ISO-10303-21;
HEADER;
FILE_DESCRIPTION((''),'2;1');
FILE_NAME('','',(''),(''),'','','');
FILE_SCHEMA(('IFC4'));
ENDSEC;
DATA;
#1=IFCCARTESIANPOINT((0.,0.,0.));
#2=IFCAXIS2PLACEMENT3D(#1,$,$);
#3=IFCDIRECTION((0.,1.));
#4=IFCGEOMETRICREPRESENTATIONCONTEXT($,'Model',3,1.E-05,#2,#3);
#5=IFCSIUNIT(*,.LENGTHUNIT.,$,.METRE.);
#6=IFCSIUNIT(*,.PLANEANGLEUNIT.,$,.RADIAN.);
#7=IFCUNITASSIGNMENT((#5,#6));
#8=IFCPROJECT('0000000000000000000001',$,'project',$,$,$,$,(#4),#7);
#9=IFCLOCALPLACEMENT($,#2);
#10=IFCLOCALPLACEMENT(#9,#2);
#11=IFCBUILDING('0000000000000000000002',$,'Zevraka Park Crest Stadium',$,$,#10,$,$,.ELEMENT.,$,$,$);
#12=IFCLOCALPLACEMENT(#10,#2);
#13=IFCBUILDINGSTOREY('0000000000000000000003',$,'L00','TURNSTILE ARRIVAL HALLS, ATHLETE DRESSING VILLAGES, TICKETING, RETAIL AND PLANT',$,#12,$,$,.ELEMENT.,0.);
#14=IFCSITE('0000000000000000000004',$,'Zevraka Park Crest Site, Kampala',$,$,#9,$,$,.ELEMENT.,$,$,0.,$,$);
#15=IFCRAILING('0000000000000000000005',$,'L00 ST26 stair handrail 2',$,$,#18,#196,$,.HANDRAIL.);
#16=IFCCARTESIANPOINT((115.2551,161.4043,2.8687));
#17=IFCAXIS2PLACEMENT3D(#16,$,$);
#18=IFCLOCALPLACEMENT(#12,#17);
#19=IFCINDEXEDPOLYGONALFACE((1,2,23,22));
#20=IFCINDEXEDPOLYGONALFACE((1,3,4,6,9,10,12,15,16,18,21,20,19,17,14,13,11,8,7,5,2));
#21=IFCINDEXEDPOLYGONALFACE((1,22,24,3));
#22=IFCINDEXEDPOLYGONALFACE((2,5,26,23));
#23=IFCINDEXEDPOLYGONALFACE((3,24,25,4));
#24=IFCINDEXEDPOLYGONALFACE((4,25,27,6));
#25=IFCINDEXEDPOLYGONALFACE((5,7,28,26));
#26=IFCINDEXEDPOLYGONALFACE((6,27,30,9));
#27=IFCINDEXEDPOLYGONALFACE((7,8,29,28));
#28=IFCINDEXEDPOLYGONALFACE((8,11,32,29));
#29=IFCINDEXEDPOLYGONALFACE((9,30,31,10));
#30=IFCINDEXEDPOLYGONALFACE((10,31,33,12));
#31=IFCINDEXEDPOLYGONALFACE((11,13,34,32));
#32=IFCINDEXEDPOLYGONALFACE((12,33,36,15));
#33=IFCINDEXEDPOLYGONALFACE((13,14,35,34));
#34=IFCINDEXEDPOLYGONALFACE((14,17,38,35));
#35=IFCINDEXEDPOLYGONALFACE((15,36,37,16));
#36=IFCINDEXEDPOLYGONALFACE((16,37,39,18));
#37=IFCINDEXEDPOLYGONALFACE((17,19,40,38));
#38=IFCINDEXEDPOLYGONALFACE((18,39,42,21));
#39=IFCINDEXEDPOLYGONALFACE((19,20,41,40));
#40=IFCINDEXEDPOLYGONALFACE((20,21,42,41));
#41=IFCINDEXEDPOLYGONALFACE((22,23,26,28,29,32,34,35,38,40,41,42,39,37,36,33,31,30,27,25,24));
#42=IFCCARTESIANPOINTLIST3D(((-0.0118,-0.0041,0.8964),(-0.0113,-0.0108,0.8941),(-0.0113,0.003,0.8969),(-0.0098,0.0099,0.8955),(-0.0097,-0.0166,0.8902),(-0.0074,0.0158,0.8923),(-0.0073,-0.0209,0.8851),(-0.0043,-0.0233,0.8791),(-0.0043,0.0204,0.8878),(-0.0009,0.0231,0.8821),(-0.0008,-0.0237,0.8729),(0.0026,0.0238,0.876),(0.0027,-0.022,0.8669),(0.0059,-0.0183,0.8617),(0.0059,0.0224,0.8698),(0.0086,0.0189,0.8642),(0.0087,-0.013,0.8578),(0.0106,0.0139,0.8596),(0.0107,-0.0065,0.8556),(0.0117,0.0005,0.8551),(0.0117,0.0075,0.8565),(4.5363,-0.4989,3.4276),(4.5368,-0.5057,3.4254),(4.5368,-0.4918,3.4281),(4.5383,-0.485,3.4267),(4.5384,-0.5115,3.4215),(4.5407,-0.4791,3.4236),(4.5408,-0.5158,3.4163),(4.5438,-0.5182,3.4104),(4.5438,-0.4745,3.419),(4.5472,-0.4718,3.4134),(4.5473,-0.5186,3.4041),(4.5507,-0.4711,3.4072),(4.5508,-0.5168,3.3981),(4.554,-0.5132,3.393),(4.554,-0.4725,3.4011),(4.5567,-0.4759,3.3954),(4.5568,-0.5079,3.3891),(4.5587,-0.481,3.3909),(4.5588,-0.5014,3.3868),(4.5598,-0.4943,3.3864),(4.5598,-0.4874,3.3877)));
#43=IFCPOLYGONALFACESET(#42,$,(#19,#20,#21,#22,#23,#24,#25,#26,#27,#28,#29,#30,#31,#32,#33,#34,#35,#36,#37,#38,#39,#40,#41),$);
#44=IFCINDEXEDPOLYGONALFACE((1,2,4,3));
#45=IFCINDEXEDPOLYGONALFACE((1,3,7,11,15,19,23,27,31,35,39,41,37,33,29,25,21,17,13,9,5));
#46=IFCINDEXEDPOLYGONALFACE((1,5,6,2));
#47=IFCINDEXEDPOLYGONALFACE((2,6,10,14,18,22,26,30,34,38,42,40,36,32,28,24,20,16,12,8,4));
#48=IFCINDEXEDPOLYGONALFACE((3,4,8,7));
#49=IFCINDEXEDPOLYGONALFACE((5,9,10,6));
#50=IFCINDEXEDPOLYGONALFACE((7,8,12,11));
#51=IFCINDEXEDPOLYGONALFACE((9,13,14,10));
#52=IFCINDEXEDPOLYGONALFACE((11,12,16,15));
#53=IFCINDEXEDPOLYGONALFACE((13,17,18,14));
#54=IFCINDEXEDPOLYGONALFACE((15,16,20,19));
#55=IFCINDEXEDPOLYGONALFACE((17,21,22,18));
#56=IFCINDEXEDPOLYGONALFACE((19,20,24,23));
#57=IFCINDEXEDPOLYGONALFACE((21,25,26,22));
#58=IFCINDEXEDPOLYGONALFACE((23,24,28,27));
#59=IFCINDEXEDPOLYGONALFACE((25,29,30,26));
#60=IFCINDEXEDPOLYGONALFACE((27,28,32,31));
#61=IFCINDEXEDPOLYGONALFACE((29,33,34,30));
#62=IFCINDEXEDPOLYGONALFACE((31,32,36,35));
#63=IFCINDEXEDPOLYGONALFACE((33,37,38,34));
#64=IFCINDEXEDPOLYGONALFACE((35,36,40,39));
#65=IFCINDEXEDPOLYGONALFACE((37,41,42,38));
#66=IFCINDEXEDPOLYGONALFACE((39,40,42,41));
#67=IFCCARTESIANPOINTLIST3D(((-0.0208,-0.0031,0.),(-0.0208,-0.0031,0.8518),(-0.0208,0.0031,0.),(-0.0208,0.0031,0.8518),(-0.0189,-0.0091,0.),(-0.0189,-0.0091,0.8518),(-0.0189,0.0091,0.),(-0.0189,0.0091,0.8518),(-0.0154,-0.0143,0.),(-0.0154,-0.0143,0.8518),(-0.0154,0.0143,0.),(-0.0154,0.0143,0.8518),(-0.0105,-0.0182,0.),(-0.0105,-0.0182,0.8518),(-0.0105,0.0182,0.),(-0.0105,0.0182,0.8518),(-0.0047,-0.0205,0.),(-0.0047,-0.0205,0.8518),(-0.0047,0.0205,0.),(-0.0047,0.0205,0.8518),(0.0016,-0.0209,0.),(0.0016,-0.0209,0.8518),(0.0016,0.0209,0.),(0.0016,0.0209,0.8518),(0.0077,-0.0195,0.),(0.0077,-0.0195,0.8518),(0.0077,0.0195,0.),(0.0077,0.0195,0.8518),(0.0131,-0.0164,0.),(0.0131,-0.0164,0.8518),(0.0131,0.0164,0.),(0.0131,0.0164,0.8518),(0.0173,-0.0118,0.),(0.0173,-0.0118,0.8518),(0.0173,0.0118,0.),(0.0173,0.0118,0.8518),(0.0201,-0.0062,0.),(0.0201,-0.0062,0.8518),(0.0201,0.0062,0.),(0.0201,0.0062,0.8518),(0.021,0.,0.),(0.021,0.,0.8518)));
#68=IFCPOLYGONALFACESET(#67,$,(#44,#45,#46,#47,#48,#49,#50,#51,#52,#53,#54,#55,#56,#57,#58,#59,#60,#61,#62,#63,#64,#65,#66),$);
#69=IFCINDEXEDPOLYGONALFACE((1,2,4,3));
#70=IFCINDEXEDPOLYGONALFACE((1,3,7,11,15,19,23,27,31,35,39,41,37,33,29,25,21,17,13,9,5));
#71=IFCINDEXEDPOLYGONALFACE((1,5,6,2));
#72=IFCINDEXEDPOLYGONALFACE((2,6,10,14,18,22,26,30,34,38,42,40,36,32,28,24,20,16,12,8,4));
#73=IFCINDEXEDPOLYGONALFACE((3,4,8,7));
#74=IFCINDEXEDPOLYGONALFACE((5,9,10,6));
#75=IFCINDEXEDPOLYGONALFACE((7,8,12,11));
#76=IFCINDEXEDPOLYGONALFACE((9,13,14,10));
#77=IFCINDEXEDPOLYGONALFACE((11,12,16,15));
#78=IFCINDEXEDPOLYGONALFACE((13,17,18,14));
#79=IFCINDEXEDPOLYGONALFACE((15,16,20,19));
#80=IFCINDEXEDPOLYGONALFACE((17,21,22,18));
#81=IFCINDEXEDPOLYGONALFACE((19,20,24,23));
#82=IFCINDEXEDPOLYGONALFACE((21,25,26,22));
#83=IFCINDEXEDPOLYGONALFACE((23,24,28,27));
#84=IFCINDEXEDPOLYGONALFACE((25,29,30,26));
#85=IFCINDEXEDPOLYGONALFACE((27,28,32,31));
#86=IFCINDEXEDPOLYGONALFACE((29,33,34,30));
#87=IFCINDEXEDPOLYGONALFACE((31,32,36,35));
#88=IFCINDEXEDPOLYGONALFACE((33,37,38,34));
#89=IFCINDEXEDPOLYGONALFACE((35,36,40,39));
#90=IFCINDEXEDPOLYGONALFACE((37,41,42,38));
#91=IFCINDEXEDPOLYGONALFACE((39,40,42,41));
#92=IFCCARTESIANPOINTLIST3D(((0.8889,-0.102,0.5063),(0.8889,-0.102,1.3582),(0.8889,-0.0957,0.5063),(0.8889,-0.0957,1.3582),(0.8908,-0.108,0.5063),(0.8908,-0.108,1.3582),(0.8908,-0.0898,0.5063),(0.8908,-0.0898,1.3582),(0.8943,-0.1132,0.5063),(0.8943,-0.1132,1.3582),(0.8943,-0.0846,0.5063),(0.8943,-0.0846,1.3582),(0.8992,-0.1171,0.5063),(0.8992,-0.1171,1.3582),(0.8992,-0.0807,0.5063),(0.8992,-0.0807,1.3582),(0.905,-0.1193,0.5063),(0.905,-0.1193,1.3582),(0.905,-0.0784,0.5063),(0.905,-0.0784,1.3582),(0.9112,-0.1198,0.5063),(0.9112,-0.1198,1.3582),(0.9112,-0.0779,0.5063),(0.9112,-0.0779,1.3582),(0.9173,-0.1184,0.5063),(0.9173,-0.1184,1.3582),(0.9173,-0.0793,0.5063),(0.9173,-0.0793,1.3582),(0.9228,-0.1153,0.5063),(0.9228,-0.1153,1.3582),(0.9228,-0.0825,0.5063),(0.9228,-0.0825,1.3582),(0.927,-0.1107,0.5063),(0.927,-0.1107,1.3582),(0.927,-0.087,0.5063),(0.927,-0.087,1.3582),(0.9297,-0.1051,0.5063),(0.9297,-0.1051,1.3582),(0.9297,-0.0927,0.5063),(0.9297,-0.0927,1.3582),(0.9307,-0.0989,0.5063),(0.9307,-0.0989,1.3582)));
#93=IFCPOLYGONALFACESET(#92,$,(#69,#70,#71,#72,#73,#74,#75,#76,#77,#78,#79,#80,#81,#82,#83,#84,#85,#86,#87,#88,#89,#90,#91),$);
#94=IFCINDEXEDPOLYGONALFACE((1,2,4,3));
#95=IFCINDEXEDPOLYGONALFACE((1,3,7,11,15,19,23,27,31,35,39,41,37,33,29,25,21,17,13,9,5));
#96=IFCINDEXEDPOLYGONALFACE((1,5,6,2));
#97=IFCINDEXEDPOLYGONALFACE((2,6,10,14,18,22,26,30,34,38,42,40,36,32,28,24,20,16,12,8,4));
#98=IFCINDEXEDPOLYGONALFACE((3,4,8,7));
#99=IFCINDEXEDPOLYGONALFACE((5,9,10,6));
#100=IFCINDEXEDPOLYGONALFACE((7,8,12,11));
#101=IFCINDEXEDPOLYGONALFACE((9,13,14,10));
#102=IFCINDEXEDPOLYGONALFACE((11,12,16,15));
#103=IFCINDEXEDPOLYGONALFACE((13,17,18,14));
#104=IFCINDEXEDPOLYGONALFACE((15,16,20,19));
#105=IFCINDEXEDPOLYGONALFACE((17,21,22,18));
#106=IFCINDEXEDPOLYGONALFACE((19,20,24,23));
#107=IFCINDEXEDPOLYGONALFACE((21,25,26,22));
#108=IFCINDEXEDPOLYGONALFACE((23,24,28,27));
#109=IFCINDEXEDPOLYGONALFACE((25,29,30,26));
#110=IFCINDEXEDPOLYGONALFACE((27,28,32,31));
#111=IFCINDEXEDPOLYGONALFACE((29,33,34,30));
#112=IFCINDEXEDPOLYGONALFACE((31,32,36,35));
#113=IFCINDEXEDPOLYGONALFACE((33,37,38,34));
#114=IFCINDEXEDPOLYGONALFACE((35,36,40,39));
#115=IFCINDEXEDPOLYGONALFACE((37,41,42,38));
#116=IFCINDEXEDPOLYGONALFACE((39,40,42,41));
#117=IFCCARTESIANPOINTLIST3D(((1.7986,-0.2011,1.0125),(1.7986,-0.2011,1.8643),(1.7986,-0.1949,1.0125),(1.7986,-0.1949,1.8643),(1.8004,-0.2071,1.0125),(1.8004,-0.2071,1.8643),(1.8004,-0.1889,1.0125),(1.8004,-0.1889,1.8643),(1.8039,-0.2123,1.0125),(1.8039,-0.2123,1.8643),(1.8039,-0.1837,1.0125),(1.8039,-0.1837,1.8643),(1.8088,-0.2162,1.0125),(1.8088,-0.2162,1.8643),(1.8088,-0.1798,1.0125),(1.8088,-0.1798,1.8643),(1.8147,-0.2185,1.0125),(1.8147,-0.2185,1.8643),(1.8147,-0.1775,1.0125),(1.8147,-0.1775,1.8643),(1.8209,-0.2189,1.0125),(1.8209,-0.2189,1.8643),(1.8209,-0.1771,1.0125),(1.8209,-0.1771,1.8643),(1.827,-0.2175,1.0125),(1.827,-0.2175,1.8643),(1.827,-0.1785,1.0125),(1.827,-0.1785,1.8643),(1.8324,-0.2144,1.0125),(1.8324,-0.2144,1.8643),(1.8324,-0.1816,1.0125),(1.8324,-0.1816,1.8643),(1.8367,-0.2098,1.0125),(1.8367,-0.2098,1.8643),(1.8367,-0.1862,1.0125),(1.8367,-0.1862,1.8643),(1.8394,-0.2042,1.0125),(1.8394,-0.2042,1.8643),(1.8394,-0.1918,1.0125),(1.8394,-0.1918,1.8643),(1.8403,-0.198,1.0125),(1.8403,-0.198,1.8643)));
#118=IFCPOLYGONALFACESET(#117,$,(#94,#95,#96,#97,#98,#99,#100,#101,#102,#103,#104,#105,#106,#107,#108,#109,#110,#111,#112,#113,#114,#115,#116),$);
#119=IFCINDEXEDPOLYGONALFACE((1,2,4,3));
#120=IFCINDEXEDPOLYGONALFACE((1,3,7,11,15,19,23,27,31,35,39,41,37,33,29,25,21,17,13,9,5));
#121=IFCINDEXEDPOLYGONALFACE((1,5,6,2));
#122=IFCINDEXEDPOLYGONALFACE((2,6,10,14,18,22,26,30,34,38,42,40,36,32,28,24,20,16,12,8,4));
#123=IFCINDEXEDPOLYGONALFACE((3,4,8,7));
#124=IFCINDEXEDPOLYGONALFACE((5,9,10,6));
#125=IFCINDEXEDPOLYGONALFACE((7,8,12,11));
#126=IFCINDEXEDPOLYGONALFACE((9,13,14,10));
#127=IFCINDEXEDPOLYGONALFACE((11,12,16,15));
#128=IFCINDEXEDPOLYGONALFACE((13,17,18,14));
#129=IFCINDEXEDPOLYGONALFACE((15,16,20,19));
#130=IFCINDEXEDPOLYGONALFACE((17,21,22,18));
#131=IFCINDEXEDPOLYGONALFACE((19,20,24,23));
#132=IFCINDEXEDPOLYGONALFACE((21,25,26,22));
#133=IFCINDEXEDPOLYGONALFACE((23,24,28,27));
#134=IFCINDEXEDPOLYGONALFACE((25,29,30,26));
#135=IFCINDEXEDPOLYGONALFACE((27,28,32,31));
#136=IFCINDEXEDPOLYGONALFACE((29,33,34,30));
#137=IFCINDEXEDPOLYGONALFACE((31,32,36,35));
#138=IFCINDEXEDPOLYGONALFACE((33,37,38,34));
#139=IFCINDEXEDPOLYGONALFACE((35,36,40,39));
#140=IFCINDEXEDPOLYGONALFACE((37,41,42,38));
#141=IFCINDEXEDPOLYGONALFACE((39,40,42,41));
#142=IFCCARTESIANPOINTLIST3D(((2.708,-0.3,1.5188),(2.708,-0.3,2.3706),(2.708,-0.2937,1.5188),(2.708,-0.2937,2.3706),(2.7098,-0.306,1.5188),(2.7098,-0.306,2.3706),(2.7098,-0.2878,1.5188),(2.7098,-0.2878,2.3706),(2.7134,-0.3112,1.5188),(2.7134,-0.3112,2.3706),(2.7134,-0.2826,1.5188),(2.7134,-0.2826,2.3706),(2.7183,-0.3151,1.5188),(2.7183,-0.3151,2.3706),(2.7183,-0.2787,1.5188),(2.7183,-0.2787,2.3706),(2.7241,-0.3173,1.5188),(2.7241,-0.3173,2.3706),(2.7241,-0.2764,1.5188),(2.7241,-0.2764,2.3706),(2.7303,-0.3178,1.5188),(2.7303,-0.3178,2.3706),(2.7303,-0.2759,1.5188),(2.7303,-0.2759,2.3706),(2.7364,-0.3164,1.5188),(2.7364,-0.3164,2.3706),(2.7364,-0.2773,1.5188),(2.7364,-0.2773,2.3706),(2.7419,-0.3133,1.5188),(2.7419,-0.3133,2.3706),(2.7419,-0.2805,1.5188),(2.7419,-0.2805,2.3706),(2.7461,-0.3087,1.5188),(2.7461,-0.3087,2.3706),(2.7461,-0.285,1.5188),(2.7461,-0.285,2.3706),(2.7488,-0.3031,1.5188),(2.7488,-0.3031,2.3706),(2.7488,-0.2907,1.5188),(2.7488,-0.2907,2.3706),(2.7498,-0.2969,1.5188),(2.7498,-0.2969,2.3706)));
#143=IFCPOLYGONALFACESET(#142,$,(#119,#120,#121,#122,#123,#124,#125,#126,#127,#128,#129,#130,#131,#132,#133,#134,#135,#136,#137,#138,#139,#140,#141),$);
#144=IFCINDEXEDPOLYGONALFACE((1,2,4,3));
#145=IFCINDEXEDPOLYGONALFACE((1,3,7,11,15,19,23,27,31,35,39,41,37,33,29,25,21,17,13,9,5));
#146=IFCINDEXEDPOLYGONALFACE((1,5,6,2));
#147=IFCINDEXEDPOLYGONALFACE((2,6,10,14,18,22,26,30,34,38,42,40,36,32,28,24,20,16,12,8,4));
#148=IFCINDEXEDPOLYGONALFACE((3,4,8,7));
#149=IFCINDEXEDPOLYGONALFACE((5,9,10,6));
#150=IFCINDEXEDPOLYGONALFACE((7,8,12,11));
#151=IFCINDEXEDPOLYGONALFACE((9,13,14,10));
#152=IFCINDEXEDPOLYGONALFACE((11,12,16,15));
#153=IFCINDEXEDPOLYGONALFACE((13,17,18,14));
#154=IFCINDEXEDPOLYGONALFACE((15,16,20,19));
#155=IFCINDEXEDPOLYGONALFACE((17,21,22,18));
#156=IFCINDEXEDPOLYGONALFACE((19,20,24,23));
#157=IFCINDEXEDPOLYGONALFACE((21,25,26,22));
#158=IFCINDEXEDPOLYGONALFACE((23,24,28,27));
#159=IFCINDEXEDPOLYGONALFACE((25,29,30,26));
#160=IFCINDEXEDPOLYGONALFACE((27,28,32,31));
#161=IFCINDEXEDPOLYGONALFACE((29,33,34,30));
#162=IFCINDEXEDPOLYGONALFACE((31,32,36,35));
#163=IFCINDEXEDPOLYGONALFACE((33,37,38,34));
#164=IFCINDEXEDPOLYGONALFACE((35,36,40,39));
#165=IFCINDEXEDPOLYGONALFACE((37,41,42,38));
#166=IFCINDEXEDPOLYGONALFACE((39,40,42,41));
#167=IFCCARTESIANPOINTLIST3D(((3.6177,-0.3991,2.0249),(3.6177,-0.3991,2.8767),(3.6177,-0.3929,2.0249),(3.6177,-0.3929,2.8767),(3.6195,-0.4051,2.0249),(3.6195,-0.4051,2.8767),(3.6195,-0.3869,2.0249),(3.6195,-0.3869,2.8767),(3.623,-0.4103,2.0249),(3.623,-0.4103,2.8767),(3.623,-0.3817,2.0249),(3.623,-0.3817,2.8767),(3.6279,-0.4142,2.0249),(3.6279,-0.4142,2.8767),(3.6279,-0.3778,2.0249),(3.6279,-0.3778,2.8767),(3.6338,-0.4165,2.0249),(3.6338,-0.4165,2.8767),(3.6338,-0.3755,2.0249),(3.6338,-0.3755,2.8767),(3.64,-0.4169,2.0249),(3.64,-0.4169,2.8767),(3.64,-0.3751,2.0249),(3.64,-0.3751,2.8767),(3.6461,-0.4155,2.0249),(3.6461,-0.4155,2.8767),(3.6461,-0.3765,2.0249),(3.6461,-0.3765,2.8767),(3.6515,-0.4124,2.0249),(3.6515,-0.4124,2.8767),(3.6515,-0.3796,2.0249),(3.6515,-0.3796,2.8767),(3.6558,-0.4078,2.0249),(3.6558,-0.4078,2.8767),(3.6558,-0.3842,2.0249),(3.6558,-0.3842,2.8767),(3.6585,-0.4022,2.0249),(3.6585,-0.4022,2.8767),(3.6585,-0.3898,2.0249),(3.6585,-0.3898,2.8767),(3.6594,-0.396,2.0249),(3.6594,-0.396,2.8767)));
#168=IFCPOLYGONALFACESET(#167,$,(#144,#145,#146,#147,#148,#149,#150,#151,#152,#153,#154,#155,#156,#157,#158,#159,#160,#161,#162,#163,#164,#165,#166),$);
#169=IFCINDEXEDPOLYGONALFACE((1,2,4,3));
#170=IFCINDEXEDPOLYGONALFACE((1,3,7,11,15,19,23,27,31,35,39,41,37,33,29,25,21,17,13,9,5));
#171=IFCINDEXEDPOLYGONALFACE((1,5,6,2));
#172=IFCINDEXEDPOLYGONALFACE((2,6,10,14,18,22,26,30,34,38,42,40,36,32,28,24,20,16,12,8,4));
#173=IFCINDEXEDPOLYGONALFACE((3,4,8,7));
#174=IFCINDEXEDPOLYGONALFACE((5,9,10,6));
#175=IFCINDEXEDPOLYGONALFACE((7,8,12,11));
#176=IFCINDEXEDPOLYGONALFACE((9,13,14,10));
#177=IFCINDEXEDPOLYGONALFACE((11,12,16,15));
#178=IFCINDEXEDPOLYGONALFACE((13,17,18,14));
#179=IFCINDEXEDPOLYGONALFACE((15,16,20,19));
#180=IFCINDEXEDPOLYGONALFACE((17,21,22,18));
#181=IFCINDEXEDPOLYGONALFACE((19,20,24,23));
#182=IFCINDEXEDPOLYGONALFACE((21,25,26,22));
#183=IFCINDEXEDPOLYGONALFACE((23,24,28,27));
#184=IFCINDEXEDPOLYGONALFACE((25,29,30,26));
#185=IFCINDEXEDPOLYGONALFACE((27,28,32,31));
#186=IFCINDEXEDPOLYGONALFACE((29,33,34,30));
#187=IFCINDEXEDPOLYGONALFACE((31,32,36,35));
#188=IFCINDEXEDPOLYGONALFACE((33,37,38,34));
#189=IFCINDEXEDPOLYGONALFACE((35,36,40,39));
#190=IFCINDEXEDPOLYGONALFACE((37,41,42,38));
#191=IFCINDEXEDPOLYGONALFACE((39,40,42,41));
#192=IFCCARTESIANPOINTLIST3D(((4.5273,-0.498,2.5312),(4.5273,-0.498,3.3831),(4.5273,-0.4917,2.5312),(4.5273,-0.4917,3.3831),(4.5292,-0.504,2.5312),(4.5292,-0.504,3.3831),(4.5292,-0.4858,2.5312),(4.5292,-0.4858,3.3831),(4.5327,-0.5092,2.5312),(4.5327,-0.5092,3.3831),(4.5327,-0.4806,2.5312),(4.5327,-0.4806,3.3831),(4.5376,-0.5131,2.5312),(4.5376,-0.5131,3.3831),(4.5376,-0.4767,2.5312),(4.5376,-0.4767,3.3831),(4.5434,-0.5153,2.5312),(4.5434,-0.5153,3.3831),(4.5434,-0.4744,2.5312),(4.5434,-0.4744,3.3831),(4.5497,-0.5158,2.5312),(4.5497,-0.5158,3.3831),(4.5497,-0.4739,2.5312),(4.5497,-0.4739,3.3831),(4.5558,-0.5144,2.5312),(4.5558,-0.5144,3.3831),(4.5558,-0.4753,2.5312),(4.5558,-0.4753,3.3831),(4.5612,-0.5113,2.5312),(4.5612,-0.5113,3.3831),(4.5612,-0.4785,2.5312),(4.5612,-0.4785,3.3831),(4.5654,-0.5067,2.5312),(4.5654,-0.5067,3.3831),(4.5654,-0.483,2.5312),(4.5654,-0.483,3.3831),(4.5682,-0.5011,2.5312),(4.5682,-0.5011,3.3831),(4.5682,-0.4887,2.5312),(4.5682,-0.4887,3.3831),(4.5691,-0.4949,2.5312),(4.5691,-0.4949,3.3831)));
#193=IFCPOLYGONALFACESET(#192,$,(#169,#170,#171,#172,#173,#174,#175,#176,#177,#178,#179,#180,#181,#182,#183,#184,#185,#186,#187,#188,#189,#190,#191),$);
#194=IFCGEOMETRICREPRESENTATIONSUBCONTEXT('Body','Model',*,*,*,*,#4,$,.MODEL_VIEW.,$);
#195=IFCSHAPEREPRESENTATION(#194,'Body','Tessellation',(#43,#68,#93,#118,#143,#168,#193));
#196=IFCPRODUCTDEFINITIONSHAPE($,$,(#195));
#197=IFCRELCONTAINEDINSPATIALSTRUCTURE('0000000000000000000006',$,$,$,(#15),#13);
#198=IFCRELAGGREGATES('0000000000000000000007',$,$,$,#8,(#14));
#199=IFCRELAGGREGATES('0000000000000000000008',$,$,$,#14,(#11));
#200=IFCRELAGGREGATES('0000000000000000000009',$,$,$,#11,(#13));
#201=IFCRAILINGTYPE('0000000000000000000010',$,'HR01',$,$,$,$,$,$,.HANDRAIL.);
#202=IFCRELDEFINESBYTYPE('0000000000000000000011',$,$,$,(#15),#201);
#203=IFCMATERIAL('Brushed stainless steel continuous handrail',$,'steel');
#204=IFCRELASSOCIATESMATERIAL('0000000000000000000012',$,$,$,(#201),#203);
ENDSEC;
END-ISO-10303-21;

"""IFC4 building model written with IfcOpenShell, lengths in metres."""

from ifc_helpers import new_model, si_unit, direction, frame, origin, origin_2d, place, context, subcontext, project, spatial, circle, extrude, material, type_object, element, save


model = new_model("IFC4")

# Units and contexts
model_context = context("Model", 3, precision=1e-05, world=origin(), true_north=direction((0.0, 1.0)))
body_context = subcontext(model_context, "Body", "Model", "MODEL_VIEW")
ifc_project = project(units=[si_unit("LENGTHUNIT", "METRE"), si_unit("PLANEANGLEUNIT", "RADIAN")], contexts=[model_context])

# Site, building, storey
site_placement = place(None, origin())
site = spatial("IfcSite", under=ifc_project, at=site_placement, Name="Zevraka Park Crest Site, Kampala", CompositionType="ELEMENT", RefElevation=0.0)
building_placement = place(site_placement, origin())
building = spatial("IfcBuilding", under=site, at=building_placement, Name="Zevraka Park Crest Stadium", CompositionType="ELEMENT")
storey_placement = place(building_placement, origin())
storey = spatial("IfcBuildingStorey", under=building, at=storey_placement, Name="L00", Description="TURNSTILE ARRIVAL HALLS, ATHLETE DRESSING VILLAGES, TICKETING, RETAIL AND PLANT", CompositionType="ELEMENT", Elevation=0.0)

# Railing
ifc_material_1 = material(Name="Brushed stainless steel continuous handrail", Category="steel")
railing_type_1 = type_object("IfcRailingType", Name="HR01", PredefinedType="HANDRAIL", material=ifc_material_1)
railing_1_placement = place(storey_placement, frame((115.2551, 161.4043, 2.8687)))
element("IfcRailing", 1, at=railing_1_placement, inside=storey, type_object=railing_type_1, Name="L00 ST26 stair handrail 2", PredefinedType="HANDRAIL", context=body_context, shape_type="SweptSolid", body=[
    extrude(circle(Radius=0.0239, at=origin_2d()), frame((0.0, 0.0, 0.876), z_axis=(0.869865, -0.094649, 0.484125), x_axis=(0.10817, 0.994132, 0.0)), (0.0, 0.0, 1.0), 5.2285),
    extrude(circle(Radius=0.021, at=origin_2d()), origin(), (0.0, 0.0, 1.0), 0.8518),
    extrude(circle(Radius=0.021, at=origin_2d()), frame((0.9097, -0.0989, 0.5063)), (0.0, 0.0, 1.0), 0.8518),
    extrude(circle(Radius=0.021, at=origin_2d()), frame((1.8193, -0.198, 1.0125)), (0.0, 0.0, 1.0), 0.8518),
    extrude(circle(Radius=0.021, at=origin_2d()), frame((2.7288, -0.2969, 1.5188)), (0.0, 0.0, 1.0), 0.8518),
    extrude(circle(Radius=0.021, at=origin_2d()), frame((3.6384, -0.396, 2.0249)), (0.0, 0.0, 1.0), 0.8518),
    extrude(circle(Radius=0.021, at=origin_2d()), frame((4.5481, -0.4949, 2.5312)), (0.0, 0.0, 1.0), 0.8518),
])

save(model, "model.ifc")
